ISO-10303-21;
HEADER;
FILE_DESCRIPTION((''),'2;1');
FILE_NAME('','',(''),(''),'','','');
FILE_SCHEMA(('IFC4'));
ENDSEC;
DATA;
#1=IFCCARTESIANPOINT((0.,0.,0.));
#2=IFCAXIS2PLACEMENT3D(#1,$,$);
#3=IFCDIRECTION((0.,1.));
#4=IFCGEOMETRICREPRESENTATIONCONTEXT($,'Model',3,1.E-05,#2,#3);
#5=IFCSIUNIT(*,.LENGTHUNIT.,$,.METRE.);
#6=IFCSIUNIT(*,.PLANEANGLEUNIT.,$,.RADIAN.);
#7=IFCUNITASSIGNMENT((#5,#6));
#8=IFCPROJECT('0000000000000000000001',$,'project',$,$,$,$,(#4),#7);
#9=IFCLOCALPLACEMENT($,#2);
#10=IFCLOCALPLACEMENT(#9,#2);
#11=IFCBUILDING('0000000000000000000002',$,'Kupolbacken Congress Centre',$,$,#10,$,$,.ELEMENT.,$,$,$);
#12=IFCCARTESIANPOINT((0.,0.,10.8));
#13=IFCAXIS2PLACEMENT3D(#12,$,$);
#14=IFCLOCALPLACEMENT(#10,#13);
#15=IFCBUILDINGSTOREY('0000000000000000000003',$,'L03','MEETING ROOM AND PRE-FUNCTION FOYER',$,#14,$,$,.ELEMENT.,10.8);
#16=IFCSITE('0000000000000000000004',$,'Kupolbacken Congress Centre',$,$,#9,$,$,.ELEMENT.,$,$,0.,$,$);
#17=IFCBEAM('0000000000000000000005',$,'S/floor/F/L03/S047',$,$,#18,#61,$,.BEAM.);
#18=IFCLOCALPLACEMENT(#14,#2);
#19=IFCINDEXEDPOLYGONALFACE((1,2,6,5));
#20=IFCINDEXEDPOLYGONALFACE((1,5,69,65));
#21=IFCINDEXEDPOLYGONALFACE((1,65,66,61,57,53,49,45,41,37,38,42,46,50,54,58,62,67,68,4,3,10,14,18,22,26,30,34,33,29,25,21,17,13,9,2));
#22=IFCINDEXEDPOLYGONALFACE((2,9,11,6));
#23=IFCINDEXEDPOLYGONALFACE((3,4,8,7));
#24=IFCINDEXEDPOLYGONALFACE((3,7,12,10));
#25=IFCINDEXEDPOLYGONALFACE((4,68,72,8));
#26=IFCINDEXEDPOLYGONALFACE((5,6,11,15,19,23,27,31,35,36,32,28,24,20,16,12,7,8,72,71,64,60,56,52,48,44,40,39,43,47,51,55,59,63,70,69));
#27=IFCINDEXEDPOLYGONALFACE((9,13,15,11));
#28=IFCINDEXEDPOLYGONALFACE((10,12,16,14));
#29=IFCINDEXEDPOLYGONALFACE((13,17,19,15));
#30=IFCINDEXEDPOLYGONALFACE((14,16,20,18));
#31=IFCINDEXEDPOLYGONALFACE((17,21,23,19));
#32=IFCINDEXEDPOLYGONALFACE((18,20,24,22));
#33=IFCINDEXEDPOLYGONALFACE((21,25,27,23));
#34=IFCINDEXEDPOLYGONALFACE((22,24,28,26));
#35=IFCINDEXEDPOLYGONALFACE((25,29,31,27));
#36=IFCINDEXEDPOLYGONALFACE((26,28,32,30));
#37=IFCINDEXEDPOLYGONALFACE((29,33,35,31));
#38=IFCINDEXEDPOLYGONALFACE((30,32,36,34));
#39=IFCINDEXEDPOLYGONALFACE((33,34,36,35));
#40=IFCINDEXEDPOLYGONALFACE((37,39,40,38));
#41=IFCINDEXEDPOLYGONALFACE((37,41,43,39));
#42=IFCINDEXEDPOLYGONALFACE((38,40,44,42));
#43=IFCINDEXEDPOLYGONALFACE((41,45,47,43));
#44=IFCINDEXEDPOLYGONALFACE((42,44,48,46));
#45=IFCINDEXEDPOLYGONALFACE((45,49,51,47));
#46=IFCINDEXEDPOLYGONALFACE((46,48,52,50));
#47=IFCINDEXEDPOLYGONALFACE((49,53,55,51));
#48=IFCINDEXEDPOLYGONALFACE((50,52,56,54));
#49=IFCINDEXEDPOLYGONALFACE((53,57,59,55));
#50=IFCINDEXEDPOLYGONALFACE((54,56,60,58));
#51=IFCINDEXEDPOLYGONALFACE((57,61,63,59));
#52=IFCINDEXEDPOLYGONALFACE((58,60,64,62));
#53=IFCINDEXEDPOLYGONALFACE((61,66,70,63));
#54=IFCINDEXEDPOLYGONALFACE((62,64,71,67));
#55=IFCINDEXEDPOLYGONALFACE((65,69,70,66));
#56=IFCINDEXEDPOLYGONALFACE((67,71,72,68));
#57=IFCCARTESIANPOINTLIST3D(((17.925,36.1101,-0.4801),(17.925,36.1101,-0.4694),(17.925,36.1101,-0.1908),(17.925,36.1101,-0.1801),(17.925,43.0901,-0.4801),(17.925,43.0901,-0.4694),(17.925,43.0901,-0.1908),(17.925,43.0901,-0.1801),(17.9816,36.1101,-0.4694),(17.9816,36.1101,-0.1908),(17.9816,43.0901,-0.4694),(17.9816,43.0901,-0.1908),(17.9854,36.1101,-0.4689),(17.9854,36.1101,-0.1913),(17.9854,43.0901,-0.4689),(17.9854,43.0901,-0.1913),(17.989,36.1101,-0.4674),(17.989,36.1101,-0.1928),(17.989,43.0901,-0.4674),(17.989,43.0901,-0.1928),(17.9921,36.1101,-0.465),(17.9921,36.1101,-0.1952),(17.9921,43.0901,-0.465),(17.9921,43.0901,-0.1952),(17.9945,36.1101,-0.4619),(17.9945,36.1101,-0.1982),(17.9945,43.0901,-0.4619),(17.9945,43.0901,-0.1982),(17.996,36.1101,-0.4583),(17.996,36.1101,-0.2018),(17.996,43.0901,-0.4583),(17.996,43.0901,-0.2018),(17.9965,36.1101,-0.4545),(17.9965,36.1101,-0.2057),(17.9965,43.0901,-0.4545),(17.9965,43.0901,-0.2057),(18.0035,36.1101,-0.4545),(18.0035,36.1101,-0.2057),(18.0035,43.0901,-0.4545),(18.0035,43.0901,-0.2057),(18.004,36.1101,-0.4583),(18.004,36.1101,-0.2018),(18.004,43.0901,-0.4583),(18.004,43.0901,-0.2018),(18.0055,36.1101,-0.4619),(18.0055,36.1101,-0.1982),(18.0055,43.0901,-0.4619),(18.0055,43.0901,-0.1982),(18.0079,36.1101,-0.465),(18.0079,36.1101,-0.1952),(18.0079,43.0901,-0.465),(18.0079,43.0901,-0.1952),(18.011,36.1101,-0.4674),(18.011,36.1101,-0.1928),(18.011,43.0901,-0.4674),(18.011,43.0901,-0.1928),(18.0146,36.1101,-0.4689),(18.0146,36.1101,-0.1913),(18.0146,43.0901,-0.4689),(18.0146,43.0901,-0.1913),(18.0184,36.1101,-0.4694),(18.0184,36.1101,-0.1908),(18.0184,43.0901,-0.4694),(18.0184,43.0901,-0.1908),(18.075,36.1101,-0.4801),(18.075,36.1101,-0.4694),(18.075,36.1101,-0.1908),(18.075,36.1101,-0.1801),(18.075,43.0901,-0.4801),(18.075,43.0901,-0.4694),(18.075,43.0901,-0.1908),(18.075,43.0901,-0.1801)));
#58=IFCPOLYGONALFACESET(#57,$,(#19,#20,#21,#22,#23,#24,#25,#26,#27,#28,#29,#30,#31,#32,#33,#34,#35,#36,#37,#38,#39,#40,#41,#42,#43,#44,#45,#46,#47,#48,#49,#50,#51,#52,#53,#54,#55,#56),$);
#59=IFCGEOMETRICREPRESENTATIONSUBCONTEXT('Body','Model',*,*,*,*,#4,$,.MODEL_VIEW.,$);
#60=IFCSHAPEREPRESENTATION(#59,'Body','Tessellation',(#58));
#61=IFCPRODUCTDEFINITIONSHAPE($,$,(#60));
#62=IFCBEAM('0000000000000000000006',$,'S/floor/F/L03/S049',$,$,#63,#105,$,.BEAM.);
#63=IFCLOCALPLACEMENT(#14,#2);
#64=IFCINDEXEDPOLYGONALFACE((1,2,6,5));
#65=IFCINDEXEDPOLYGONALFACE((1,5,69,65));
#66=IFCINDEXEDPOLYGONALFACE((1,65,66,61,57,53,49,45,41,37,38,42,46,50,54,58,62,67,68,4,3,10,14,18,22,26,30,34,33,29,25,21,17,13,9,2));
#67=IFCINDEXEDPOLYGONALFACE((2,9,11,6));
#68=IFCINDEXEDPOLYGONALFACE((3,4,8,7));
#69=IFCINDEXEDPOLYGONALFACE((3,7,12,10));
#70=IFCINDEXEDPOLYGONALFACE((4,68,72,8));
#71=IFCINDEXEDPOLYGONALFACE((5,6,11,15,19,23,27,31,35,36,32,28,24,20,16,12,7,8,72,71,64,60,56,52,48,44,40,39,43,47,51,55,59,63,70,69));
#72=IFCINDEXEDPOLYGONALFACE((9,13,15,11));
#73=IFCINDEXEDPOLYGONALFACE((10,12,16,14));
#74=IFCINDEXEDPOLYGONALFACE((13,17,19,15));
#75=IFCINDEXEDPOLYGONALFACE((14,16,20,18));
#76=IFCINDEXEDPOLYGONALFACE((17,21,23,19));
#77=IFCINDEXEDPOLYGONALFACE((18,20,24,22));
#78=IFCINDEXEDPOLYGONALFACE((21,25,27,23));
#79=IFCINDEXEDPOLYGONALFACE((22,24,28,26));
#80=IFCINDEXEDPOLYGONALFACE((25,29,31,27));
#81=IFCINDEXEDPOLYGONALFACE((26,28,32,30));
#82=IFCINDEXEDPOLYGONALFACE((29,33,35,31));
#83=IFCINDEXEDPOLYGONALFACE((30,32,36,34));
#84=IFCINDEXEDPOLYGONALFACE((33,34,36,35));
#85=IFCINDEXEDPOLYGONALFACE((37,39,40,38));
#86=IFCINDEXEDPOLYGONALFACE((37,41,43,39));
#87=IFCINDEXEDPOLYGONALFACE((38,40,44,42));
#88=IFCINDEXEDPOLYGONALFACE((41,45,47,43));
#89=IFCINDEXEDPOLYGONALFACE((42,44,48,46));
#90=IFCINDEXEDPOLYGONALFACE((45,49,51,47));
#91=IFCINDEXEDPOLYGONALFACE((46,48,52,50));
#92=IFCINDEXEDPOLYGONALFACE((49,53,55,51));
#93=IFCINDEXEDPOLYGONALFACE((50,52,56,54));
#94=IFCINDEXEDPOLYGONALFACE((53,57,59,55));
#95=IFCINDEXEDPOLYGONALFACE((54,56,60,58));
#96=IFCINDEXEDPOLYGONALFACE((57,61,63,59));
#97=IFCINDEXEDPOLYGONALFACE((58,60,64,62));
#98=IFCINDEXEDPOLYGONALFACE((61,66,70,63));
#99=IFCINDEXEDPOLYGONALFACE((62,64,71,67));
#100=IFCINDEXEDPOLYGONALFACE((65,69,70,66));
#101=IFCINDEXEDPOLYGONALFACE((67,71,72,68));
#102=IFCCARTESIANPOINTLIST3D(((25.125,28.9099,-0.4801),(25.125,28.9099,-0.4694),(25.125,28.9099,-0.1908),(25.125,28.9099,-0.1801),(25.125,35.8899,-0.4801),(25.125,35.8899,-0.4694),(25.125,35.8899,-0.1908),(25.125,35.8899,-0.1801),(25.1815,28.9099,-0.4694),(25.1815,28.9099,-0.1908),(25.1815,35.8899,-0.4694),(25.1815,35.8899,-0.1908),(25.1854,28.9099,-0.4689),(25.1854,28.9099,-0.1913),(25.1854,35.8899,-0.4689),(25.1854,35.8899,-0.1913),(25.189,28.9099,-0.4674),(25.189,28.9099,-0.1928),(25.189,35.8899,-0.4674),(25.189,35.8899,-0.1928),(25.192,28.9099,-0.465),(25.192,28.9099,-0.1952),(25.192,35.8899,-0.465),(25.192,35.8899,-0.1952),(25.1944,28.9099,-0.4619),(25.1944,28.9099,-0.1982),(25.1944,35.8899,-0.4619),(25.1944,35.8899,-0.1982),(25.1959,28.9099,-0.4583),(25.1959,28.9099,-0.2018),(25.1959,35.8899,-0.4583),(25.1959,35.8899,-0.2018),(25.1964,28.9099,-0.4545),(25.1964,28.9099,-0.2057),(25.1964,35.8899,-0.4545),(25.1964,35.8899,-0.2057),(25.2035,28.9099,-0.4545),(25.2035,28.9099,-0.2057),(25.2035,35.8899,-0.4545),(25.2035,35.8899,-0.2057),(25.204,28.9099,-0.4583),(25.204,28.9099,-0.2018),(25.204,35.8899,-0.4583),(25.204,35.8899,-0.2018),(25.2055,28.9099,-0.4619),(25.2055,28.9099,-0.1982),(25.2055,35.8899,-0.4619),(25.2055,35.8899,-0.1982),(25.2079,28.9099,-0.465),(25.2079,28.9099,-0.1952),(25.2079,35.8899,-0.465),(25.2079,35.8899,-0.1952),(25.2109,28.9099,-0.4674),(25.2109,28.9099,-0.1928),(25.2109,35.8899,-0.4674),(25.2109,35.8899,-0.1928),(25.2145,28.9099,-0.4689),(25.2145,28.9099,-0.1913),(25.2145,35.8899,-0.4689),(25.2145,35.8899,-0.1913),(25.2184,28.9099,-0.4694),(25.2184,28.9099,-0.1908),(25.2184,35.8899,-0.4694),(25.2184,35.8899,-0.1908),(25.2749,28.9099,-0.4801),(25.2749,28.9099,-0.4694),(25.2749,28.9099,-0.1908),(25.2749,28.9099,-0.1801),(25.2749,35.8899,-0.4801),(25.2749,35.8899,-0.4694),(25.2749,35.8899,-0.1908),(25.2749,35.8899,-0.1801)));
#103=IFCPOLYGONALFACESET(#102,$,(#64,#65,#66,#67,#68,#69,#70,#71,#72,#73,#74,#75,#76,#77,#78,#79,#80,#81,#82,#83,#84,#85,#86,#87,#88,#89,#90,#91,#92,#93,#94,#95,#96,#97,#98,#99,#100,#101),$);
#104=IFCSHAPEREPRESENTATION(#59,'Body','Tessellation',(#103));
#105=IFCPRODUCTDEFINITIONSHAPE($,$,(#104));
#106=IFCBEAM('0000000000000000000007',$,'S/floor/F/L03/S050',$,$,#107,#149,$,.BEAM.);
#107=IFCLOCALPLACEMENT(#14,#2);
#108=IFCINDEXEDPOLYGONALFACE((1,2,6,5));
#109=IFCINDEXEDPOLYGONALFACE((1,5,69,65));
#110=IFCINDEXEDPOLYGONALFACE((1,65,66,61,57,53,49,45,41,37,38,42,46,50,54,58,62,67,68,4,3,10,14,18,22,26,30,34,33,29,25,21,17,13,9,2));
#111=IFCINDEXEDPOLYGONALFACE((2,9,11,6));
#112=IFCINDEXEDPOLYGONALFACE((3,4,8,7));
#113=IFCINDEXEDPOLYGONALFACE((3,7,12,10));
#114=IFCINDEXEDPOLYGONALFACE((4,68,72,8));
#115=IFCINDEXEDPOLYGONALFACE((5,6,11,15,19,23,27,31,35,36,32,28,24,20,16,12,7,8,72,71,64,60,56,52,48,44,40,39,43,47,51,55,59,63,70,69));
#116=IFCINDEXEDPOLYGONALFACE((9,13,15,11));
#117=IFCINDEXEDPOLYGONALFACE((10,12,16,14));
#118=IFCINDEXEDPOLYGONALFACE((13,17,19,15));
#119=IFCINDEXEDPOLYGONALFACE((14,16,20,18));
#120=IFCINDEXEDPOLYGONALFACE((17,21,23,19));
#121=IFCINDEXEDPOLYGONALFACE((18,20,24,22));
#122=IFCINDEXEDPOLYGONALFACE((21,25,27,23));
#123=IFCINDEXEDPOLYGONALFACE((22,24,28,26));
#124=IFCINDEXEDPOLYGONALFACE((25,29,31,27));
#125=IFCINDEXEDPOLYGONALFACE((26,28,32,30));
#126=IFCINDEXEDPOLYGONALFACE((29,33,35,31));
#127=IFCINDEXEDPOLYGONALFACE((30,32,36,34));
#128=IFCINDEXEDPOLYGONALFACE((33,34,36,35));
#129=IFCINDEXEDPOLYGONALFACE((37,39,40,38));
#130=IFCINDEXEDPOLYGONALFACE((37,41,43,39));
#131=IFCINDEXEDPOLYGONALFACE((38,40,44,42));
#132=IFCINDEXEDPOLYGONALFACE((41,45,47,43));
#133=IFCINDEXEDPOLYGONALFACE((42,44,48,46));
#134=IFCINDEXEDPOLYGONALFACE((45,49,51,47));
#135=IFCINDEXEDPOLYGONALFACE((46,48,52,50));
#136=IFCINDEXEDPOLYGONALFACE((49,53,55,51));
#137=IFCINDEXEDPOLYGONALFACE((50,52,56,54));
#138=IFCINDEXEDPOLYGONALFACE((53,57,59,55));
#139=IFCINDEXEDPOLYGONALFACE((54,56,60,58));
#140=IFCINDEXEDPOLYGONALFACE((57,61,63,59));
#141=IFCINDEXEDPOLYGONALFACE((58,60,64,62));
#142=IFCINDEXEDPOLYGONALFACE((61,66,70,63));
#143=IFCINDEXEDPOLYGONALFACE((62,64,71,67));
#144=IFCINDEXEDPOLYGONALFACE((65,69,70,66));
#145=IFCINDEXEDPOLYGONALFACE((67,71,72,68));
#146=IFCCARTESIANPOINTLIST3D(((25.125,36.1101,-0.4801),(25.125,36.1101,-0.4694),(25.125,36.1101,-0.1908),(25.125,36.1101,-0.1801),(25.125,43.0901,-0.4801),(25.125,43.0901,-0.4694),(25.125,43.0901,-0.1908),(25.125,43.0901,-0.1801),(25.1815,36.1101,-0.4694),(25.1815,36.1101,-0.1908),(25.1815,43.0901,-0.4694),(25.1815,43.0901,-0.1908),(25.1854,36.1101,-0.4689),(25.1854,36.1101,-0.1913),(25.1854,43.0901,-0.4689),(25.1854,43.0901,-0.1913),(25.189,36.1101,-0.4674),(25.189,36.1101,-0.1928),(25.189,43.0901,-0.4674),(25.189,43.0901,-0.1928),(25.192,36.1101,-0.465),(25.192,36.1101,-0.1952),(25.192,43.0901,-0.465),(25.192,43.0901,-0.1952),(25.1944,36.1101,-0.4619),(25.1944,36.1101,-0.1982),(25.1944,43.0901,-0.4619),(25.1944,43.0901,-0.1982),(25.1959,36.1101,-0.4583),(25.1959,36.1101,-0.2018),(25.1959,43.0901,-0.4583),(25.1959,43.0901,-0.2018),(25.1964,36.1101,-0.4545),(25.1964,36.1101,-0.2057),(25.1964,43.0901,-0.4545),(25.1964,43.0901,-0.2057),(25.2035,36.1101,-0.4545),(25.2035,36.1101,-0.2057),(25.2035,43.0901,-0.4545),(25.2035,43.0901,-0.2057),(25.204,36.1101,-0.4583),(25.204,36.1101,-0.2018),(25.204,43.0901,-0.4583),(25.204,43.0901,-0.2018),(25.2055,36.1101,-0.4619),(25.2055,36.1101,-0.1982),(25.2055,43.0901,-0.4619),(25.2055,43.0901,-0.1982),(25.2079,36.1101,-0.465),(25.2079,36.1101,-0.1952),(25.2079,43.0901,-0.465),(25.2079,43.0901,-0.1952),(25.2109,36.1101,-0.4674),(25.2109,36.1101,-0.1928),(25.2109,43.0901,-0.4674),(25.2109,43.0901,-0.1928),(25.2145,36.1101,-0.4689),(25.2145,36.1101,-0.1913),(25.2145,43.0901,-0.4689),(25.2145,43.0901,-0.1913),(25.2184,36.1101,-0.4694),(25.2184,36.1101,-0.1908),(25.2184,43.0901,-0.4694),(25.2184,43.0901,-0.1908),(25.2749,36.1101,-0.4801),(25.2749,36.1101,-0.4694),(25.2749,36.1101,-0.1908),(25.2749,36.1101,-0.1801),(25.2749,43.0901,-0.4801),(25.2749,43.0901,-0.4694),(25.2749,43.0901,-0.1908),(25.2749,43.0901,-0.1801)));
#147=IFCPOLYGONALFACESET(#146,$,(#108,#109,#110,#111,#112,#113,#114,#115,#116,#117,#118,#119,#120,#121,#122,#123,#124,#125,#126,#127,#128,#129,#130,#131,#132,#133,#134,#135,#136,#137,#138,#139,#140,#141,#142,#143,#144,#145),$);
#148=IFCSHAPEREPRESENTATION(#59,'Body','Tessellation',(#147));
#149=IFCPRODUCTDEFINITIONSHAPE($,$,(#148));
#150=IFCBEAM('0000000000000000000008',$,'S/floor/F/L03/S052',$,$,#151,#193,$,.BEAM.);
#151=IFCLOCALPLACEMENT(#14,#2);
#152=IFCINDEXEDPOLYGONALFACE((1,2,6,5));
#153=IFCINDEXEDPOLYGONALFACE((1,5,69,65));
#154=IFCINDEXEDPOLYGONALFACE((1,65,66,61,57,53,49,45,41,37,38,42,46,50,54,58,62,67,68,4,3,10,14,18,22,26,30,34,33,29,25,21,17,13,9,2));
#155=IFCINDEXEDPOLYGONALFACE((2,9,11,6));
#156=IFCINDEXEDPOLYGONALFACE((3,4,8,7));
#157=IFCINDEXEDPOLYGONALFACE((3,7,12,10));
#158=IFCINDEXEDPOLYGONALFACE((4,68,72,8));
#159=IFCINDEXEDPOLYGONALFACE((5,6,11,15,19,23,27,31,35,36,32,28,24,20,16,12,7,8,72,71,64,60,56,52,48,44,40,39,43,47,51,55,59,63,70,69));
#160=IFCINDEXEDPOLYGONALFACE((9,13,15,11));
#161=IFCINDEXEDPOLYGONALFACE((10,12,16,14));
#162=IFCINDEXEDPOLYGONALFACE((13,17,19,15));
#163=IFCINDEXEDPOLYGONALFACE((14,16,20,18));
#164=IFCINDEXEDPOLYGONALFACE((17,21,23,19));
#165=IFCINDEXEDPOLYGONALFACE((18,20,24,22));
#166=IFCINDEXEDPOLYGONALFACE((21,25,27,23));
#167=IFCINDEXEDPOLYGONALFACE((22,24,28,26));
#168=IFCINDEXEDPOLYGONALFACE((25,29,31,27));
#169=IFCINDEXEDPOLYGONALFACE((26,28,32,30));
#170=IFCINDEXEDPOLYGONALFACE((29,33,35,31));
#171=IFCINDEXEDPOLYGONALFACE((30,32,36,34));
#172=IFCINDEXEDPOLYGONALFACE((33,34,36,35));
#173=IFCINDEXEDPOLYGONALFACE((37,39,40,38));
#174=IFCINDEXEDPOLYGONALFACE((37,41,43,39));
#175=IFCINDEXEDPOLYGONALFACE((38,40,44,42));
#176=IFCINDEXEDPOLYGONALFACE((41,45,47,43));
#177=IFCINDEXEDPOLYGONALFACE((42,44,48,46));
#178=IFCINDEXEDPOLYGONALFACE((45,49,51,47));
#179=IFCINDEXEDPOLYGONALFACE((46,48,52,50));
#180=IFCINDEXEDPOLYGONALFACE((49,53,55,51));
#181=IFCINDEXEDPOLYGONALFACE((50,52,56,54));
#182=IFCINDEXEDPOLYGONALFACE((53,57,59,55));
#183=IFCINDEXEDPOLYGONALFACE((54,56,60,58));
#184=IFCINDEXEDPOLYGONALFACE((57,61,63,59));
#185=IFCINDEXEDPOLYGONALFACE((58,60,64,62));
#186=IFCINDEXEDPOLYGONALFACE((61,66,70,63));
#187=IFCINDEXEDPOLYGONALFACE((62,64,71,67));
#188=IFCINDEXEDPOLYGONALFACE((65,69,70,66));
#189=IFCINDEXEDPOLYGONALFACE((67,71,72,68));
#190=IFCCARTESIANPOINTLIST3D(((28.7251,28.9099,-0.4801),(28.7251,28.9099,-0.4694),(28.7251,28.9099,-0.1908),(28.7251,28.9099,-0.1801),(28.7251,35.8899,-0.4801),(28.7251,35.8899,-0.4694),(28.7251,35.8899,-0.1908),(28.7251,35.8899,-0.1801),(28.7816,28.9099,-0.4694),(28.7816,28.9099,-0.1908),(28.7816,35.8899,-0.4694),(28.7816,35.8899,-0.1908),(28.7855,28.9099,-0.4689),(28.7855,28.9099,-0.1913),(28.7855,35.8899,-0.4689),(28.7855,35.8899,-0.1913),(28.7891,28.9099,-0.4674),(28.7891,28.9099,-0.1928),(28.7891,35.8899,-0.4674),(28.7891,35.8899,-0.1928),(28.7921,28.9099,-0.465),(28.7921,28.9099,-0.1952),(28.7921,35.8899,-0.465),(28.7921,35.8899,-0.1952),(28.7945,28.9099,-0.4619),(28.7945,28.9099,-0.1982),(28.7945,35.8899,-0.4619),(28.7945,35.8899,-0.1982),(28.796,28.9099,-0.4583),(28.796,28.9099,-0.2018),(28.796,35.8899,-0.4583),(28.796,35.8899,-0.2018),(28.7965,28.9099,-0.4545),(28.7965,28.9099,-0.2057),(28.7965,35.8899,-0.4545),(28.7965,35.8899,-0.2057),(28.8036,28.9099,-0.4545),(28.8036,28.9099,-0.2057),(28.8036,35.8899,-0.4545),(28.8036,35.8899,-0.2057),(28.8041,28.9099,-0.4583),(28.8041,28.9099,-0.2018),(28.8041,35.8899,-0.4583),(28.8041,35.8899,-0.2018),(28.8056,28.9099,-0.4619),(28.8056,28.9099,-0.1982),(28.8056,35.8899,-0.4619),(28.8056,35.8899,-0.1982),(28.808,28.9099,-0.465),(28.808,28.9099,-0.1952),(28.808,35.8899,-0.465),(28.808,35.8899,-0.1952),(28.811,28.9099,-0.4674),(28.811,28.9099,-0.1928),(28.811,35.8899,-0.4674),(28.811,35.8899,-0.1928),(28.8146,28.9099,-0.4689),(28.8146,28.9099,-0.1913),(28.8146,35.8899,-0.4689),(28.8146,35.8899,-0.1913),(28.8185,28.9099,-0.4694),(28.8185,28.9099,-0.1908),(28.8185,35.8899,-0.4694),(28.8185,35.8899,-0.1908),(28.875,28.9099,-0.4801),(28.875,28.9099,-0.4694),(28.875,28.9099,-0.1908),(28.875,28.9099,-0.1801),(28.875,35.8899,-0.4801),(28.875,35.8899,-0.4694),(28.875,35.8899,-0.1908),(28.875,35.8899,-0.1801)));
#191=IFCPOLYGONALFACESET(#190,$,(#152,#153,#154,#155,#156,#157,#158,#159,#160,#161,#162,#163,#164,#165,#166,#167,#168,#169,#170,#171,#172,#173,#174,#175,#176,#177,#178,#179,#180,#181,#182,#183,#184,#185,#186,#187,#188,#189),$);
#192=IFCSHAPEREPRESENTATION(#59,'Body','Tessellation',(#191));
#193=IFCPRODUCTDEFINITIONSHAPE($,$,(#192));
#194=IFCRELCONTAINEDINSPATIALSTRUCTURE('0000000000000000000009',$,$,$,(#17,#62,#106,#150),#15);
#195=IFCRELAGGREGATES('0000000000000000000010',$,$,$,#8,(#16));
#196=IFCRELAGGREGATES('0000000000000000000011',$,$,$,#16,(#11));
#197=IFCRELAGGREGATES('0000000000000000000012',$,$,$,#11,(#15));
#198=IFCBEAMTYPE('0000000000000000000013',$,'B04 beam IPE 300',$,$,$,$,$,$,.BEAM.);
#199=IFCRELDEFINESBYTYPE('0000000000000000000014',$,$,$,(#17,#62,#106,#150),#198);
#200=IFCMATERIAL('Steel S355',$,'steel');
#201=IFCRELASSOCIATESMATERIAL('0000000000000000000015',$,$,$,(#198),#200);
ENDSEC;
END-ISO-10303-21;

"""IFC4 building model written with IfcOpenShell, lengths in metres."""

from ifc_helpers import new_model, si_unit, direction, frame, origin, origin_2d, place, context, subcontext, project, spatial, i_section, extrude, material, material_profile, profile_set, type_object, element, save


model = new_model("IFC4")

# Units and contexts
model_context = context("Model", 3, precision=1e-05, world=origin(), true_north=direction((0.0, 1.0)))
body_context = subcontext(model_context, "Body", "Model", "MODEL_VIEW")
ifc_project = project(units=[si_unit("LENGTHUNIT", "METRE"), si_unit("PLANEANGLEUNIT", "RADIAN")], contexts=[model_context])

# Site, building, storey
site_placement = place(None, origin())
site = spatial("IfcSite", under=ifc_project, at=site_placement, Name="Kupolbacken Congress Centre", CompositionType="ELEMENT", RefElevation=0.0)
building_placement = place(site_placement, origin())
building = spatial("IfcBuilding", under=site, at=building_placement, Name="Kupolbacken Congress Centre", CompositionType="ELEMENT")
storey_placement = place(building_placement, frame((0.0, 0.0, 10.8)))
storey = spatial("IfcBuildingStorey", under=building, at=storey_placement, Name="L03", Description="MEETING ROOM AND PRE-FUNCTION FOYER", CompositionType="ELEMENT", Elevation=10.8)

# Beams
ifc_material_1 = material(Name="Steel S355", Category="steel")
ifc_material_profile_1 = material_profile(ifc_material_1, i_section(OverallWidth=0.1499, OverallDepth=0.3, WebThickness=0.0071, FlangeThickness=0.0107, FilletRadius=0.0149, at=origin_2d()), Name="IPE 300")
ifc_profile_set_1 = profile_set([ifc_material_profile_1], Name="Steel S355")
beam_type_1 = type_object("IfcBeamType", Name="B04 beam IPE 300", PredefinedType="BEAM", material=ifc_profile_set_1)
for number, where, z_axis, x_axis, name in (
    (1, (18.0, 36.1101, -0.3301), (0.0, 1.0, 0.0), (-1.0, 0.0, 0.0), "S/floor/F/L03/S047"),
    (2, (25.2, 28.9099, -0.3301), (0.0, 1.0, 0.0), (-1.0, 0.0, 0.0), "S/floor/F/L03/S049"),
    (3, (25.2, 36.1101, -0.3301), (0.0, 1.0, 0.0), (-1.0, 0.0, 0.0), "S/floor/F/L03/S050"),
    (4, (28.8, 28.9099, -0.3301), (0.0, 1.0, 0.0), (-1.0, 0.0, 0.0), "S/floor/F/L03/S052"),
):
    element("IfcBeam", number, at=place(storey_placement, frame(where, z_axis=z_axis, x_axis=x_axis)), inside=storey, type_object=beam_type_1, Name=name, PredefinedType="BEAM", context=body_context, shape_type="SweptSolid", body=[
        extrude(i_section(OverallWidth=0.1499, OverallDepth=0.3, WebThickness=0.0071, FlangeThickness=0.0107, FilletRadius=0.0149, at=origin_2d()), origin(), (0.0, 0.0, 1.0), 6.98),
    ])

save(model, "model.ifc")
